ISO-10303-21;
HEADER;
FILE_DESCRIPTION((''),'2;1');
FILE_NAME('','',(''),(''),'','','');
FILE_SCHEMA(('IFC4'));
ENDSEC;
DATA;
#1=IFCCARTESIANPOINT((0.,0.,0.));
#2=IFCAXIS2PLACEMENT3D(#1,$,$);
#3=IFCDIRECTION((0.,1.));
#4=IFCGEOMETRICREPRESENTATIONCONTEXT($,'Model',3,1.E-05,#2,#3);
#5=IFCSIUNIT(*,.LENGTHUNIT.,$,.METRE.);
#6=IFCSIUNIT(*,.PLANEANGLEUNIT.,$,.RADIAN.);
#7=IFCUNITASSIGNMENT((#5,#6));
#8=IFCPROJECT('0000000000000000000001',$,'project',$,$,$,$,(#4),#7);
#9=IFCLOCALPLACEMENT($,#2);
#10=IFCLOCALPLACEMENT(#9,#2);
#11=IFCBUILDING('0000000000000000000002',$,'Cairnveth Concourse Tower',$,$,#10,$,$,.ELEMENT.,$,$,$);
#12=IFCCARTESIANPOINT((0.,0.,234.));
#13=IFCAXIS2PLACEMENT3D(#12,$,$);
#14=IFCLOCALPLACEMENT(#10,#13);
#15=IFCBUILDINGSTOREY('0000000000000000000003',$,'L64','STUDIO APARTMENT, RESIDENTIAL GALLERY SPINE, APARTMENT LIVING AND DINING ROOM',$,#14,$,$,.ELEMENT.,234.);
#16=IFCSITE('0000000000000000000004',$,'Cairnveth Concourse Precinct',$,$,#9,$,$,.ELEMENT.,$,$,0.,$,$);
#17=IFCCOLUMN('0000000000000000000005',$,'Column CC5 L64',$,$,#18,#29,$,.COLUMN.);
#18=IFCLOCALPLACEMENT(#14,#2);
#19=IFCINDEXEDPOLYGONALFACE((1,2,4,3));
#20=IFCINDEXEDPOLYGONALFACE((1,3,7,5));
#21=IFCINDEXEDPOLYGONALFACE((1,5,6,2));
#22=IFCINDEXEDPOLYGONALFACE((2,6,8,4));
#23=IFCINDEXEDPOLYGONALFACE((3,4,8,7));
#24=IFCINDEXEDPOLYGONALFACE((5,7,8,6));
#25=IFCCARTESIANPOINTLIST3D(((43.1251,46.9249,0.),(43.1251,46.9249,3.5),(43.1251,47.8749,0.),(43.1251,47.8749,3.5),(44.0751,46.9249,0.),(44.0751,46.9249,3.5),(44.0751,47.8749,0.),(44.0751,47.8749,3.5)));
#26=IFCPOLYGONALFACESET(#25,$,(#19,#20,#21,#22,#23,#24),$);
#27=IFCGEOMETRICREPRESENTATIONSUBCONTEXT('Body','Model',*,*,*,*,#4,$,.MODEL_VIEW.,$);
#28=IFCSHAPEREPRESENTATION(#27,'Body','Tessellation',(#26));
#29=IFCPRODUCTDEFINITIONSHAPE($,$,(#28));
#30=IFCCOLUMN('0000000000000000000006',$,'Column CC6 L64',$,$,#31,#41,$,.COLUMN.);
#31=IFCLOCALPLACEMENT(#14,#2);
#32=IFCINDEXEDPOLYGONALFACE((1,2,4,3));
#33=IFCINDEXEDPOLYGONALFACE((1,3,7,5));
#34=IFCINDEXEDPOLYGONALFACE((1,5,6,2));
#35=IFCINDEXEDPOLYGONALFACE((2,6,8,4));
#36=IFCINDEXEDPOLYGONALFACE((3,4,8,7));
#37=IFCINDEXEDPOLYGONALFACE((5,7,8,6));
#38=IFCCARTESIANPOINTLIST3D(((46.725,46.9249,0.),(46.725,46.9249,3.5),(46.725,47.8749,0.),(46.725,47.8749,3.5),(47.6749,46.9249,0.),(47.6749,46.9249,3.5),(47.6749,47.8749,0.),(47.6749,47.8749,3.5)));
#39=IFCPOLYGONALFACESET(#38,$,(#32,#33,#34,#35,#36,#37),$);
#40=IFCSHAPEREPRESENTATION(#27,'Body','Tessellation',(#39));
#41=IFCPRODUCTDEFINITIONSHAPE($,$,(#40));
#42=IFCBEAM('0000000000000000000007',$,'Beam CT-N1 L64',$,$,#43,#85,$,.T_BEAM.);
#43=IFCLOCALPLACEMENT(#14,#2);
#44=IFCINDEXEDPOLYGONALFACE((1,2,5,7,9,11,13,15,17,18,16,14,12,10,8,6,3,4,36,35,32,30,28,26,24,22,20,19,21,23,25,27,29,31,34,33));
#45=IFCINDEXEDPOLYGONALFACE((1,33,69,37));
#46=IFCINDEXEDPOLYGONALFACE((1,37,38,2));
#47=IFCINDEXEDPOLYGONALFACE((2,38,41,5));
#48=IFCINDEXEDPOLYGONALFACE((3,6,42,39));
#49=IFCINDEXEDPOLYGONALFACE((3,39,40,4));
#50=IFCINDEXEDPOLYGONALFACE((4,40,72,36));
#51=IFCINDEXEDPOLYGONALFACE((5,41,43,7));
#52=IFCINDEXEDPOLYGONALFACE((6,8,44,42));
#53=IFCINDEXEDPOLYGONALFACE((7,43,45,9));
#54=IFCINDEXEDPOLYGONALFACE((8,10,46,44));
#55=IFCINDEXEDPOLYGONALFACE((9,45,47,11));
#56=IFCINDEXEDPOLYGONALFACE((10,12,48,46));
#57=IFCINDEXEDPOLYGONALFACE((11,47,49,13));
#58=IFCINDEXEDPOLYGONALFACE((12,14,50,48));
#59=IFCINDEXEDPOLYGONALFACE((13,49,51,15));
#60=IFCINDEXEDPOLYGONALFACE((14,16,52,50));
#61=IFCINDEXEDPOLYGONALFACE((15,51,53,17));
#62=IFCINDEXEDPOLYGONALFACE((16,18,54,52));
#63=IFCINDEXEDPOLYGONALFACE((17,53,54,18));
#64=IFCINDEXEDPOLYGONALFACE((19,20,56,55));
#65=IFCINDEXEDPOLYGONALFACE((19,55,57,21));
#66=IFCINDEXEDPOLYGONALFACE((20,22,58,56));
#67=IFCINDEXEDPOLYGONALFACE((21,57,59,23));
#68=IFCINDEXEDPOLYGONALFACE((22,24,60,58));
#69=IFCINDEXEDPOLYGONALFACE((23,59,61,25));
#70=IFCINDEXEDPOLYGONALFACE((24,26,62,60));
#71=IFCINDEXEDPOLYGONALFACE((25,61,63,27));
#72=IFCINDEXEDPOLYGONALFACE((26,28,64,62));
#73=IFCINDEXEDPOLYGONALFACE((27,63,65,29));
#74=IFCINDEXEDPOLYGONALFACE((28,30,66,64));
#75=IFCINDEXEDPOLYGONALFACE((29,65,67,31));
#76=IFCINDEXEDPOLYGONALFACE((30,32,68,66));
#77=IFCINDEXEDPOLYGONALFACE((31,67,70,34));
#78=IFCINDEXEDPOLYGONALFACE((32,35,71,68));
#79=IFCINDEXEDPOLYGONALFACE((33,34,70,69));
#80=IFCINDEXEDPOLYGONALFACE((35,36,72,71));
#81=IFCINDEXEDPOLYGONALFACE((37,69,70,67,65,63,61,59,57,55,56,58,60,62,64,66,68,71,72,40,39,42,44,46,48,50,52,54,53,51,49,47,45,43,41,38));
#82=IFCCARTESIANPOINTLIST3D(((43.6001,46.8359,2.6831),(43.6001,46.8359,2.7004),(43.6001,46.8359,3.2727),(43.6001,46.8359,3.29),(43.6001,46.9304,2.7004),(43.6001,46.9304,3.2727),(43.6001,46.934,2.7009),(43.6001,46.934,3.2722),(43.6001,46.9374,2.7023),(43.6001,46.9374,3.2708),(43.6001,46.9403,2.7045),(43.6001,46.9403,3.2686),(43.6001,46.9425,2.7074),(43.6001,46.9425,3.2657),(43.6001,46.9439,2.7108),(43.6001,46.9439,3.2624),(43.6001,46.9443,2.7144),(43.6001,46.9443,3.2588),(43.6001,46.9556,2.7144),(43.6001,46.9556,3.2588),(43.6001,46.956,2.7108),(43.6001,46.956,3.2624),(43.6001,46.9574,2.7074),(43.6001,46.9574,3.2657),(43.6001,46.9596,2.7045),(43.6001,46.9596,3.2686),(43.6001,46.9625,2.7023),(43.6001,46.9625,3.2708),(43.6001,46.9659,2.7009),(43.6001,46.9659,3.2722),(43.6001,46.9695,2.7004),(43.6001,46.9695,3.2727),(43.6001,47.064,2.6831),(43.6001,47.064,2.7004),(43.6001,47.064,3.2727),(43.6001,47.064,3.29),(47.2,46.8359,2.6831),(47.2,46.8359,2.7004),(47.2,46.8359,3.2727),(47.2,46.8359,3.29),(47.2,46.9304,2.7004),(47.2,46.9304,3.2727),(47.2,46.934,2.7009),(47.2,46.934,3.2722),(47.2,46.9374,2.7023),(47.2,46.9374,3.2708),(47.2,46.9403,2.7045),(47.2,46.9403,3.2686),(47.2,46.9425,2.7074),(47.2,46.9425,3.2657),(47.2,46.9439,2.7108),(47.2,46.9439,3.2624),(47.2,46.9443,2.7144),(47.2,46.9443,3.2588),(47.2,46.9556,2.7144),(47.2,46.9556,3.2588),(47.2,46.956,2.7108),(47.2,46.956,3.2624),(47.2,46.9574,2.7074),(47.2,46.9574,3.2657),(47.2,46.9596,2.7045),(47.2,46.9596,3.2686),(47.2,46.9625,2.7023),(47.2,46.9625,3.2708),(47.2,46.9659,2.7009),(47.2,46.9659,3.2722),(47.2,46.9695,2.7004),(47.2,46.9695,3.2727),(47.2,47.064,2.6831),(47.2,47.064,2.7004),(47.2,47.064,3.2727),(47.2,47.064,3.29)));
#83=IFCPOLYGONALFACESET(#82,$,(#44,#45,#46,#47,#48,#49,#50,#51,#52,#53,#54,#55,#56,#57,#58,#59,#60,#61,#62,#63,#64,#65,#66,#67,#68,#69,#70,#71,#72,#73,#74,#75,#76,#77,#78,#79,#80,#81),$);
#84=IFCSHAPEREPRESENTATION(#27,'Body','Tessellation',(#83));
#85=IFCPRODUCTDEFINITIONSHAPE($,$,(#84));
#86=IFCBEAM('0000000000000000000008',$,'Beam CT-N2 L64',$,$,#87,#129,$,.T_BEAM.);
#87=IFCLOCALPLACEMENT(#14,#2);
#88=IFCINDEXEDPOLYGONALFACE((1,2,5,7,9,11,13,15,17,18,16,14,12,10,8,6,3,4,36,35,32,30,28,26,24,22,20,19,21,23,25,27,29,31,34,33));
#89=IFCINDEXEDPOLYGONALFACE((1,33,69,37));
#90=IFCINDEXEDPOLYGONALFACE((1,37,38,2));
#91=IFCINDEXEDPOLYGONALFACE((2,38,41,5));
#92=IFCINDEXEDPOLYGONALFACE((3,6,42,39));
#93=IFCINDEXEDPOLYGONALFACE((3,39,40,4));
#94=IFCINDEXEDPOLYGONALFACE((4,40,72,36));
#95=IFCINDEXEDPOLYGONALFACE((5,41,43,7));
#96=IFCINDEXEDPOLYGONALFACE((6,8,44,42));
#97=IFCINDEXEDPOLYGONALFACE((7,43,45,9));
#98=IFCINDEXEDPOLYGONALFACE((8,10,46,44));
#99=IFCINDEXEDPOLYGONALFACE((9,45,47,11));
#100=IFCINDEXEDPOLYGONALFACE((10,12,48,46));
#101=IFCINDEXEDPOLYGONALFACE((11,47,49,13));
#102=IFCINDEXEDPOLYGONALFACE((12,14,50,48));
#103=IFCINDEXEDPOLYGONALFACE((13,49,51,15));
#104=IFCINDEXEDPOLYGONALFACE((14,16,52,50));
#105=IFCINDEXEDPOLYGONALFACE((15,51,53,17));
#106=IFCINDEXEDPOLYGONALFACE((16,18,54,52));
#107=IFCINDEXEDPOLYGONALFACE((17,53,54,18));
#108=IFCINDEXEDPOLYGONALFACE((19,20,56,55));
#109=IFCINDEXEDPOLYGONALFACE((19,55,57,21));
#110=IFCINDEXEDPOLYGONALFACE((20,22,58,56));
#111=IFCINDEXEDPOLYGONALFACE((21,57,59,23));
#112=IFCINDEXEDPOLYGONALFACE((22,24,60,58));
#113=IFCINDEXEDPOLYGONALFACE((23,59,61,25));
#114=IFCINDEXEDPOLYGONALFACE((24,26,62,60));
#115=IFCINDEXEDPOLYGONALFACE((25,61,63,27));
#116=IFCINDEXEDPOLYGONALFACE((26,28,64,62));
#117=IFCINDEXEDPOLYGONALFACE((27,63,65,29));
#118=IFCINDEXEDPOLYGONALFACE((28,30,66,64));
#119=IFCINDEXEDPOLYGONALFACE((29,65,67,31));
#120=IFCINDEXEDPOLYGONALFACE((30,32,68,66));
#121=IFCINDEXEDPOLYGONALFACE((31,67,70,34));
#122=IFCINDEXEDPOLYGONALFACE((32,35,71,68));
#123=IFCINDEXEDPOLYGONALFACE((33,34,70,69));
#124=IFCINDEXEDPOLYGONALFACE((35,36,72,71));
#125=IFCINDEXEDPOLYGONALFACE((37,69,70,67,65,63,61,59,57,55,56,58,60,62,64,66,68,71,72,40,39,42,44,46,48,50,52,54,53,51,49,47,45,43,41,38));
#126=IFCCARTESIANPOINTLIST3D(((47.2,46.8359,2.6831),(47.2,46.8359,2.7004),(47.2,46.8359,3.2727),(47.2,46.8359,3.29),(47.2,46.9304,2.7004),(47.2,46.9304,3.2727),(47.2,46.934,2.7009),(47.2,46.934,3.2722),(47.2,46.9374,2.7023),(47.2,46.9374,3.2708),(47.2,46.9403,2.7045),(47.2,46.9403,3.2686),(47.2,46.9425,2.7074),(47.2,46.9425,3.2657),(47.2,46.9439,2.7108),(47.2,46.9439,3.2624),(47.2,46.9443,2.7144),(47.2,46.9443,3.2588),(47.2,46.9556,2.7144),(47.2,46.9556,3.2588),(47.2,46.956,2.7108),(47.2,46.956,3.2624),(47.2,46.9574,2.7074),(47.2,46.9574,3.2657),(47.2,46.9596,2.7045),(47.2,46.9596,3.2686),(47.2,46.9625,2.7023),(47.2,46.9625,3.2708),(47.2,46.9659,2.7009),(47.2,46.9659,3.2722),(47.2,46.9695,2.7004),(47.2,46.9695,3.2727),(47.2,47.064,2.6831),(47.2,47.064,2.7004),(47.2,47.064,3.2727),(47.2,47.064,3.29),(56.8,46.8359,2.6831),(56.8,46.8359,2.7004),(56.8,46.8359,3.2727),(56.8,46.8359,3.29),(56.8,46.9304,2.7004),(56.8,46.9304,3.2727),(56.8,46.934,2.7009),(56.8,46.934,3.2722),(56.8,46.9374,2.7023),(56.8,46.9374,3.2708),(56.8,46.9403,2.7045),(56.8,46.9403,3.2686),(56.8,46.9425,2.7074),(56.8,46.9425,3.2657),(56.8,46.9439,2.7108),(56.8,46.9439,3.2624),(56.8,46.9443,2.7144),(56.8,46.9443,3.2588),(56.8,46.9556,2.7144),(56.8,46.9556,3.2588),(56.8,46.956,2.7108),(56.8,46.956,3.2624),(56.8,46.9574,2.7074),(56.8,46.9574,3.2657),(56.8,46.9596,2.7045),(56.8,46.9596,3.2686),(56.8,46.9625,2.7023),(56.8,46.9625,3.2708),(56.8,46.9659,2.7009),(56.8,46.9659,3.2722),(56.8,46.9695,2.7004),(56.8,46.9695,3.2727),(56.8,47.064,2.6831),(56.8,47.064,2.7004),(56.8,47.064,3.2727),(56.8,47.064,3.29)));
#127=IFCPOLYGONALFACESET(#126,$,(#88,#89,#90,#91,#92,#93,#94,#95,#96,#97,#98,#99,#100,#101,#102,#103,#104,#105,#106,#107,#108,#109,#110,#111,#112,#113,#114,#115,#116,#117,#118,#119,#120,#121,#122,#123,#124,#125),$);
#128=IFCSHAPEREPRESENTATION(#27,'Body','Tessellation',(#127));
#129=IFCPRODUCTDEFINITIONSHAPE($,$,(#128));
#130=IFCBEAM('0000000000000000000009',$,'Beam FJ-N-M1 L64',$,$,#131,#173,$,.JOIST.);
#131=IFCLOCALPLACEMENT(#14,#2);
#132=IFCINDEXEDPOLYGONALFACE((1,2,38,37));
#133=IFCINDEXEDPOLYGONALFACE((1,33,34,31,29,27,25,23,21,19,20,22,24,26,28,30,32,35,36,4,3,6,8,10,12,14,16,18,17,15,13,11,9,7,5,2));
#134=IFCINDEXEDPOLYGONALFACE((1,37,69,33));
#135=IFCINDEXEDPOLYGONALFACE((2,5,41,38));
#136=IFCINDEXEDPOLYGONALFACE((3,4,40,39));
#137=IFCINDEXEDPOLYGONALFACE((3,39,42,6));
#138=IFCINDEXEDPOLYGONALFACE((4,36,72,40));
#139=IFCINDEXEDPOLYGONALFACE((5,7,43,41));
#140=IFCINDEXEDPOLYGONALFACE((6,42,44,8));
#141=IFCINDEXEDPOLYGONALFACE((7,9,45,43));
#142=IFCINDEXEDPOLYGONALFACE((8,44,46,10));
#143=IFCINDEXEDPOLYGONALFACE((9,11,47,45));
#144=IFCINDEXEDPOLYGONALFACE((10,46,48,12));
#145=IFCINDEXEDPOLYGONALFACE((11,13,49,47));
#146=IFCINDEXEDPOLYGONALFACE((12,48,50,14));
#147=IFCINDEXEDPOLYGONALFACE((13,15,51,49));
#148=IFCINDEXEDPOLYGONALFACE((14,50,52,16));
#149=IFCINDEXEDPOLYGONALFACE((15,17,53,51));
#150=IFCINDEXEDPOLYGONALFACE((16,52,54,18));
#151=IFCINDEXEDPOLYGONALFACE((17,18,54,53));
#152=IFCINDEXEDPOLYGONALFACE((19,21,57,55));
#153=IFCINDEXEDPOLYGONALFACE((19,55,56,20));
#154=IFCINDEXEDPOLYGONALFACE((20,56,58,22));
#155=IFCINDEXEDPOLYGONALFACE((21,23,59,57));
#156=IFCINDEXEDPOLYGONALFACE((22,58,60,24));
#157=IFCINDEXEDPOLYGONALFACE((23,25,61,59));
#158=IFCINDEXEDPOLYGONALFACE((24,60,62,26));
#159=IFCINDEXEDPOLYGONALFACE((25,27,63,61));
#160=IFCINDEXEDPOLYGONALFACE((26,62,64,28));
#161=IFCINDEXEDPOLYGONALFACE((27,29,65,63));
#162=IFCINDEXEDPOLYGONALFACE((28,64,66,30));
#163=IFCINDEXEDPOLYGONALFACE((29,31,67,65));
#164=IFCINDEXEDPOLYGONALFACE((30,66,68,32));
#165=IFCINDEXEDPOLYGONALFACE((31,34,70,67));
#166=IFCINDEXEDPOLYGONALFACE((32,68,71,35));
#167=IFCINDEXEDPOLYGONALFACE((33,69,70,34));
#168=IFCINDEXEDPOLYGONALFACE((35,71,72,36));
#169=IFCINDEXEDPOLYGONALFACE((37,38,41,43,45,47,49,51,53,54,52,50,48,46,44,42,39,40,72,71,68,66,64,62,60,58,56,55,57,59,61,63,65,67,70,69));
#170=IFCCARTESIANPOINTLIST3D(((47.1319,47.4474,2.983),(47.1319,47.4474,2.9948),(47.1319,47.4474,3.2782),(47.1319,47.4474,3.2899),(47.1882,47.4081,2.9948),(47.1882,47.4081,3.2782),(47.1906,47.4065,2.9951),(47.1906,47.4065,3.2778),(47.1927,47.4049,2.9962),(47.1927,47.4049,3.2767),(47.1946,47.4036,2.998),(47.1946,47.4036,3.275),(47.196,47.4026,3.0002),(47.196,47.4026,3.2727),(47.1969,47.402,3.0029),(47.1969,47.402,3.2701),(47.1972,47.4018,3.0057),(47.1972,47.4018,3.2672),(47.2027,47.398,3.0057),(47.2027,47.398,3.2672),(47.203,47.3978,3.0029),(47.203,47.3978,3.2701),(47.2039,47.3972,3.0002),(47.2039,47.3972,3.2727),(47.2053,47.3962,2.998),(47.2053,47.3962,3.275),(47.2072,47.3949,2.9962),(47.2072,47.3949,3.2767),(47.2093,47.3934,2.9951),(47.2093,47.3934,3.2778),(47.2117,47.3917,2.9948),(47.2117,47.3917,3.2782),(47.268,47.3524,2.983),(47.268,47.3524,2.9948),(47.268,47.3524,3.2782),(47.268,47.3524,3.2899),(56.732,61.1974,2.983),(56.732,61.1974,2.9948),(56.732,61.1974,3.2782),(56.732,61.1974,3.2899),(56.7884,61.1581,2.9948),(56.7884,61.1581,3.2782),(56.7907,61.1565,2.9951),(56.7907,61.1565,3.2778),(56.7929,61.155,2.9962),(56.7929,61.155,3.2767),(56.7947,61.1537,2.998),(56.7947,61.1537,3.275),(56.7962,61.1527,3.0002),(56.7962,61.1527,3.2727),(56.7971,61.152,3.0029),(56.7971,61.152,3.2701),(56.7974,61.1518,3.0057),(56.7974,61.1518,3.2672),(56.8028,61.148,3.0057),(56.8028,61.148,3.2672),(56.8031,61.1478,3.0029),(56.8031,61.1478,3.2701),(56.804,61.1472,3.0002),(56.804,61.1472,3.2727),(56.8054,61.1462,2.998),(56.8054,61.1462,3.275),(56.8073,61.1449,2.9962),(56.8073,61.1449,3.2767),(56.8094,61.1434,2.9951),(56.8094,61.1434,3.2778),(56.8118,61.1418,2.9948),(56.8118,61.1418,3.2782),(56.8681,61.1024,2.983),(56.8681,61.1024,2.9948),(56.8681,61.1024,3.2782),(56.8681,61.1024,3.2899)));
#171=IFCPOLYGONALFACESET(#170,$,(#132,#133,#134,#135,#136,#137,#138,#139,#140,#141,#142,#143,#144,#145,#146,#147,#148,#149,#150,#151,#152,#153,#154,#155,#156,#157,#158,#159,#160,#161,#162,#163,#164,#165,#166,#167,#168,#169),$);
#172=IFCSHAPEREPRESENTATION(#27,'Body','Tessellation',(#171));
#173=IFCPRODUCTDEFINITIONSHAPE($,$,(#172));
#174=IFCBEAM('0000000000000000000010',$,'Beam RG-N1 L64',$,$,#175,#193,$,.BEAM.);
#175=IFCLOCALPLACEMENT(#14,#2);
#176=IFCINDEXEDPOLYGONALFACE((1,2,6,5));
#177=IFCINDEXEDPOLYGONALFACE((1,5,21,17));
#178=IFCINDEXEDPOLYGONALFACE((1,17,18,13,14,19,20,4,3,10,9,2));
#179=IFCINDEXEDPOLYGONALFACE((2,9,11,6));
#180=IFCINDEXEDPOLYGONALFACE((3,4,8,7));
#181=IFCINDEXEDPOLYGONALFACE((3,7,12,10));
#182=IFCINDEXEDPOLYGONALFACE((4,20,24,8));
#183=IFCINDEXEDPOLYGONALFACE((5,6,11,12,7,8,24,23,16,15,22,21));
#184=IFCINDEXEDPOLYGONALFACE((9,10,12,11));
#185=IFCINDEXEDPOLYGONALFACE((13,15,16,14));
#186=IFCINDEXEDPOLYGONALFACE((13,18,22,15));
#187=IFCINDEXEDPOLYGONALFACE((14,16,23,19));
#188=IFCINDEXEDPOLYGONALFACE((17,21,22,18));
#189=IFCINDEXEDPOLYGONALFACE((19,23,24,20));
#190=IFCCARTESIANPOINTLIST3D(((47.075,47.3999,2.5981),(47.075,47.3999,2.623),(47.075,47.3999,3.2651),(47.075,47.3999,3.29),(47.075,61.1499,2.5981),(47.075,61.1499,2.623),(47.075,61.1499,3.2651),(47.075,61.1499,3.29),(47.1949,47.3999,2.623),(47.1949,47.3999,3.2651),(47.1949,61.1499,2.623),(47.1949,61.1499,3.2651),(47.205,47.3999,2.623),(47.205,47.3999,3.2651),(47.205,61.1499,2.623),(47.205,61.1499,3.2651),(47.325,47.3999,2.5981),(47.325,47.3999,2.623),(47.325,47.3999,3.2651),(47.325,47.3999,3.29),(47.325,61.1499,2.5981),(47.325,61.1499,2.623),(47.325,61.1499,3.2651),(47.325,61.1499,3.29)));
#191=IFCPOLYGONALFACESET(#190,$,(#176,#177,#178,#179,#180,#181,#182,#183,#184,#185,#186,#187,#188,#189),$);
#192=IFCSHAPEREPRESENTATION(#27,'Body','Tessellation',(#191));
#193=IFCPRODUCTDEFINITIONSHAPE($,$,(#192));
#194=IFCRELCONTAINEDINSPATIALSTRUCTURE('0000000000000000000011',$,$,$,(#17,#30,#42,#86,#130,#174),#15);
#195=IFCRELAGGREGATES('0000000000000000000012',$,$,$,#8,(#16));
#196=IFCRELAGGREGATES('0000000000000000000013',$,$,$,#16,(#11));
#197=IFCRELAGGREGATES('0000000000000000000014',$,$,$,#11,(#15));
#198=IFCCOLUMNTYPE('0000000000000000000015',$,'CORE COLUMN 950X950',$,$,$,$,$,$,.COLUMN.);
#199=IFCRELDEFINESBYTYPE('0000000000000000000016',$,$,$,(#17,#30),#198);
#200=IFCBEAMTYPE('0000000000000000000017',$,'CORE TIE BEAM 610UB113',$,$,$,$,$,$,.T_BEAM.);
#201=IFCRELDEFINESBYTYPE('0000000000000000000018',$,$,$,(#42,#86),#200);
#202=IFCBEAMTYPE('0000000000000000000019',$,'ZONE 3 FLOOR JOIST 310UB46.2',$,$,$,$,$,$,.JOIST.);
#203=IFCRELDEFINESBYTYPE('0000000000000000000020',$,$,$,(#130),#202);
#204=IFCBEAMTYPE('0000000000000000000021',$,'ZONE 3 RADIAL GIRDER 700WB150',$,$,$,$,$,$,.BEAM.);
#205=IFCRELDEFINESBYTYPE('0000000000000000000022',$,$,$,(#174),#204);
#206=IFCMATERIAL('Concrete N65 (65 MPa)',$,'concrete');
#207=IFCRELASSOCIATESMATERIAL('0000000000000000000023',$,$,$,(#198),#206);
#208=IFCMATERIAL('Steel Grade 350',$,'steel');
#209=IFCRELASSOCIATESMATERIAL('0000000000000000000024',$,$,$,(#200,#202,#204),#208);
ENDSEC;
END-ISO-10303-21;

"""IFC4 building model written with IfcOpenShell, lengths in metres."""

from ifc_helpers import new_model, si_unit, direction, frame, origin, origin_2d, place, context, subcontext, project, spatial, rectangle, i_section, extrude, material, material_profile, profile_set, type_object, element, save


model = new_model("IFC4")

# Units and contexts
model_context = context("Model", 3, precision=1e-05, world=origin(), true_north=direction((0.0, 1.0)))
body_context = subcontext(model_context, "Body", "Model", "MODEL_VIEW")
ifc_project = project(units=[si_unit("LENGTHUNIT", "METRE"), si_unit("PLANEANGLEUNIT", "RADIAN")], contexts=[model_context])

# Site, building, storey
site_placement = place(None, origin())
site = spatial("IfcSite", under=ifc_project, at=site_placement, Name="Cairnveth Concourse Precinct", CompositionType="ELEMENT", RefElevation=0.0)
building_placement = place(site_placement, origin())
building = spatial("IfcBuilding", under=site, at=building_placement, Name="Cairnveth Concourse Tower", CompositionType="ELEMENT")
storey_placement = place(building_placement, frame((0.0, 0.0, 234.0)))
storey = spatial("IfcBuildingStorey", under=building, at=storey_placement, Name="L64", Description="STUDIO APARTMENT, RESIDENTIAL GALLERY SPINE, APARTMENT LIVING AND DINING ROOM", CompositionType="ELEMENT", Elevation=234.0)

# Columns
ifc_material_1 = material(Name="Concrete N65 (65 MPa)", Category="concrete")
ifc_material_profile_1 = material_profile(ifc_material_1, rectangle(XDim=0.95, YDim=0.95, at=origin_2d()), Name="RC-COL-950x950")
ifc_profile_set_1 = profile_set([ifc_material_profile_1], Name="Concrete N65 (65 MPa)")
column_type = type_object("IfcColumnType", Name="CORE COLUMN 950X950", PredefinedType="COLUMN", material=ifc_profile_set_1)
for number, where, z_axis, x_axis, name in (
    (1, (43.6001, 47.3999, 0.0), (0.0, 0.0, 1.0), (1.0, 0.0, 0.0), "Column CC5 L64"),
    (2, (47.2, 47.3999, 0.0), (0.0, 0.0, 1.0), (1.0, 0.0, 0.0), "Column CC6 L64"),
):
    element("IfcColumn", number, at=place(storey_placement, frame(where, z_axis=z_axis, x_axis=x_axis)), inside=storey, type_object=column_type, Name=name, PredefinedType="COLUMN", context=body_context, shape_type="SweptSolid", body=[
        extrude(rectangle(XDim=0.95, YDim=0.95, at=origin_2d()), origin(), (0.0, 0.0, 1.0), 3.5),
    ])

# Beams
ifc_material_2 = material(Name="Steel Grade 350", Category="steel")
ifc_material_profile_2 = material_profile(ifc_material_2, i_section(OverallWidth=0.228, OverallDepth=0.6069, WebThickness=0.0112, FlangeThickness=0.0173, FilletRadius=0.0139, at=origin_2d()), Name="610UB113")
ifc_profile_set_2 = profile_set([ifc_material_profile_2], Name="Steel Grade 350")
beam_type_1 = type_object("IfcBeamType", Name="CORE TIE BEAM 610UB113", PredefinedType="T_BEAM", material=ifc_profile_set_2)
beam_1_placement = place(storey_placement, frame((43.6001, 46.95, 2.9866), z_axis=(1.0, 0.0, 0.0), x_axis=(0.0, 1.0, 0.0)))
element("IfcBeam", 3, at=beam_1_placement, inside=storey, type_object=beam_type_1, Name="Beam CT-N1 L64", PredefinedType="T_BEAM", context=body_context, shape_type="SweptSolid", body=[
    extrude(i_section(OverallWidth=0.228, OverallDepth=0.6069, WebThickness=0.0112, FlangeThickness=0.0173, FilletRadius=0.0139, at=origin_2d()), origin(), (0.0, 0.0, 1.0), 3.5999),
])
beam_2_placement = place(storey_placement, frame((47.2, 46.95, 2.9866), z_axis=(1.0, 0.0, 0.0), x_axis=(0.0, 1.0, 0.0)))
element("IfcBeam", 4, at=beam_2_placement, inside=storey, type_object=beam_type_1, Name="Beam CT-N2 L64", PredefinedType="T_BEAM", context=body_context, shape_type="SweptSolid", body=[
    extrude(i_section(OverallWidth=0.228, OverallDepth=0.6069, WebThickness=0.0112, FlangeThickness=0.0173, FilletRadius=0.0139, at=origin_2d()), origin(), (0.0, 0.0, 1.0), 9.6001),
])
ifc_material_profile_3 = material_profile(ifc_material_2, i_section(OverallWidth=0.166, OverallDepth=0.3069, WebThickness=0.0066, FlangeThickness=0.0117, FilletRadius=0.011, at=origin_2d()), Name="310UB46.2")
ifc_profile_set_3 = profile_set([ifc_material_profile_3], Name="Steel Grade 350")
beam_type_2 = type_object("IfcBeamType", Name="ZONE 3 FLOOR JOIST 310UB46.2", PredefinedType="JOIST", material=ifc_profile_set_3)
beam_3_placement = place(storey_placement, frame((47.2, 47.3999, 3.1365), z_axis=(0.572465, 0.819929, 0.0), x_axis=(-0.819929, 0.572465, 0.0)))
element("IfcBeam", 5, at=beam_3_placement, inside=storey, type_object=beam_type_2, Name="Beam FJ-N-M1 L64", PredefinedType="JOIST", context=body_context, shape_type="SweptSolid", body=[
    extrude(i_section(OverallWidth=0.166, OverallDepth=0.3069, WebThickness=0.0066, FlangeThickness=0.0117, FilletRadius=0.011, at=origin_2d()), origin(), (0.0, 0.0, 1.0), 16.7698),
])
ifc_material_profile_4 = material_profile(ifc_material_2, i_section(OverallWidth=0.25, OverallDepth=0.6919, WebThickness=0.01, FlangeThickness=0.0249, at=origin_2d()), Name="700WB150")
ifc_profile_set_4 = profile_set([ifc_material_profile_4], Name="Steel Grade 350")
beam_type_3 = type_object("IfcBeamType", Name="ZONE 3 RADIAL GIRDER 700WB150", PredefinedType="BEAM", material=ifc_profile_set_4)
beam_4_placement = place(storey_placement, frame((47.2, 47.3999, 2.9441), z_axis=(0.0, 1.0, 0.0), x_axis=(-1.0, 0.0, 0.0)))
element("IfcBeam", 6, at=beam_4_placement, inside=storey, type_object=beam_type_3, Name="Beam RG-N1 L64", PredefinedType="BEAM", context=body_context, shape_type="SweptSolid", body=[
    extrude(i_section(OverallWidth=0.25, OverallDepth=0.6919, WebThickness=0.01, FlangeThickness=0.0249, at=origin_2d()), origin(), (0.0, 0.0, 1.0), 13.75),
])

save(model, "model.ifc")
